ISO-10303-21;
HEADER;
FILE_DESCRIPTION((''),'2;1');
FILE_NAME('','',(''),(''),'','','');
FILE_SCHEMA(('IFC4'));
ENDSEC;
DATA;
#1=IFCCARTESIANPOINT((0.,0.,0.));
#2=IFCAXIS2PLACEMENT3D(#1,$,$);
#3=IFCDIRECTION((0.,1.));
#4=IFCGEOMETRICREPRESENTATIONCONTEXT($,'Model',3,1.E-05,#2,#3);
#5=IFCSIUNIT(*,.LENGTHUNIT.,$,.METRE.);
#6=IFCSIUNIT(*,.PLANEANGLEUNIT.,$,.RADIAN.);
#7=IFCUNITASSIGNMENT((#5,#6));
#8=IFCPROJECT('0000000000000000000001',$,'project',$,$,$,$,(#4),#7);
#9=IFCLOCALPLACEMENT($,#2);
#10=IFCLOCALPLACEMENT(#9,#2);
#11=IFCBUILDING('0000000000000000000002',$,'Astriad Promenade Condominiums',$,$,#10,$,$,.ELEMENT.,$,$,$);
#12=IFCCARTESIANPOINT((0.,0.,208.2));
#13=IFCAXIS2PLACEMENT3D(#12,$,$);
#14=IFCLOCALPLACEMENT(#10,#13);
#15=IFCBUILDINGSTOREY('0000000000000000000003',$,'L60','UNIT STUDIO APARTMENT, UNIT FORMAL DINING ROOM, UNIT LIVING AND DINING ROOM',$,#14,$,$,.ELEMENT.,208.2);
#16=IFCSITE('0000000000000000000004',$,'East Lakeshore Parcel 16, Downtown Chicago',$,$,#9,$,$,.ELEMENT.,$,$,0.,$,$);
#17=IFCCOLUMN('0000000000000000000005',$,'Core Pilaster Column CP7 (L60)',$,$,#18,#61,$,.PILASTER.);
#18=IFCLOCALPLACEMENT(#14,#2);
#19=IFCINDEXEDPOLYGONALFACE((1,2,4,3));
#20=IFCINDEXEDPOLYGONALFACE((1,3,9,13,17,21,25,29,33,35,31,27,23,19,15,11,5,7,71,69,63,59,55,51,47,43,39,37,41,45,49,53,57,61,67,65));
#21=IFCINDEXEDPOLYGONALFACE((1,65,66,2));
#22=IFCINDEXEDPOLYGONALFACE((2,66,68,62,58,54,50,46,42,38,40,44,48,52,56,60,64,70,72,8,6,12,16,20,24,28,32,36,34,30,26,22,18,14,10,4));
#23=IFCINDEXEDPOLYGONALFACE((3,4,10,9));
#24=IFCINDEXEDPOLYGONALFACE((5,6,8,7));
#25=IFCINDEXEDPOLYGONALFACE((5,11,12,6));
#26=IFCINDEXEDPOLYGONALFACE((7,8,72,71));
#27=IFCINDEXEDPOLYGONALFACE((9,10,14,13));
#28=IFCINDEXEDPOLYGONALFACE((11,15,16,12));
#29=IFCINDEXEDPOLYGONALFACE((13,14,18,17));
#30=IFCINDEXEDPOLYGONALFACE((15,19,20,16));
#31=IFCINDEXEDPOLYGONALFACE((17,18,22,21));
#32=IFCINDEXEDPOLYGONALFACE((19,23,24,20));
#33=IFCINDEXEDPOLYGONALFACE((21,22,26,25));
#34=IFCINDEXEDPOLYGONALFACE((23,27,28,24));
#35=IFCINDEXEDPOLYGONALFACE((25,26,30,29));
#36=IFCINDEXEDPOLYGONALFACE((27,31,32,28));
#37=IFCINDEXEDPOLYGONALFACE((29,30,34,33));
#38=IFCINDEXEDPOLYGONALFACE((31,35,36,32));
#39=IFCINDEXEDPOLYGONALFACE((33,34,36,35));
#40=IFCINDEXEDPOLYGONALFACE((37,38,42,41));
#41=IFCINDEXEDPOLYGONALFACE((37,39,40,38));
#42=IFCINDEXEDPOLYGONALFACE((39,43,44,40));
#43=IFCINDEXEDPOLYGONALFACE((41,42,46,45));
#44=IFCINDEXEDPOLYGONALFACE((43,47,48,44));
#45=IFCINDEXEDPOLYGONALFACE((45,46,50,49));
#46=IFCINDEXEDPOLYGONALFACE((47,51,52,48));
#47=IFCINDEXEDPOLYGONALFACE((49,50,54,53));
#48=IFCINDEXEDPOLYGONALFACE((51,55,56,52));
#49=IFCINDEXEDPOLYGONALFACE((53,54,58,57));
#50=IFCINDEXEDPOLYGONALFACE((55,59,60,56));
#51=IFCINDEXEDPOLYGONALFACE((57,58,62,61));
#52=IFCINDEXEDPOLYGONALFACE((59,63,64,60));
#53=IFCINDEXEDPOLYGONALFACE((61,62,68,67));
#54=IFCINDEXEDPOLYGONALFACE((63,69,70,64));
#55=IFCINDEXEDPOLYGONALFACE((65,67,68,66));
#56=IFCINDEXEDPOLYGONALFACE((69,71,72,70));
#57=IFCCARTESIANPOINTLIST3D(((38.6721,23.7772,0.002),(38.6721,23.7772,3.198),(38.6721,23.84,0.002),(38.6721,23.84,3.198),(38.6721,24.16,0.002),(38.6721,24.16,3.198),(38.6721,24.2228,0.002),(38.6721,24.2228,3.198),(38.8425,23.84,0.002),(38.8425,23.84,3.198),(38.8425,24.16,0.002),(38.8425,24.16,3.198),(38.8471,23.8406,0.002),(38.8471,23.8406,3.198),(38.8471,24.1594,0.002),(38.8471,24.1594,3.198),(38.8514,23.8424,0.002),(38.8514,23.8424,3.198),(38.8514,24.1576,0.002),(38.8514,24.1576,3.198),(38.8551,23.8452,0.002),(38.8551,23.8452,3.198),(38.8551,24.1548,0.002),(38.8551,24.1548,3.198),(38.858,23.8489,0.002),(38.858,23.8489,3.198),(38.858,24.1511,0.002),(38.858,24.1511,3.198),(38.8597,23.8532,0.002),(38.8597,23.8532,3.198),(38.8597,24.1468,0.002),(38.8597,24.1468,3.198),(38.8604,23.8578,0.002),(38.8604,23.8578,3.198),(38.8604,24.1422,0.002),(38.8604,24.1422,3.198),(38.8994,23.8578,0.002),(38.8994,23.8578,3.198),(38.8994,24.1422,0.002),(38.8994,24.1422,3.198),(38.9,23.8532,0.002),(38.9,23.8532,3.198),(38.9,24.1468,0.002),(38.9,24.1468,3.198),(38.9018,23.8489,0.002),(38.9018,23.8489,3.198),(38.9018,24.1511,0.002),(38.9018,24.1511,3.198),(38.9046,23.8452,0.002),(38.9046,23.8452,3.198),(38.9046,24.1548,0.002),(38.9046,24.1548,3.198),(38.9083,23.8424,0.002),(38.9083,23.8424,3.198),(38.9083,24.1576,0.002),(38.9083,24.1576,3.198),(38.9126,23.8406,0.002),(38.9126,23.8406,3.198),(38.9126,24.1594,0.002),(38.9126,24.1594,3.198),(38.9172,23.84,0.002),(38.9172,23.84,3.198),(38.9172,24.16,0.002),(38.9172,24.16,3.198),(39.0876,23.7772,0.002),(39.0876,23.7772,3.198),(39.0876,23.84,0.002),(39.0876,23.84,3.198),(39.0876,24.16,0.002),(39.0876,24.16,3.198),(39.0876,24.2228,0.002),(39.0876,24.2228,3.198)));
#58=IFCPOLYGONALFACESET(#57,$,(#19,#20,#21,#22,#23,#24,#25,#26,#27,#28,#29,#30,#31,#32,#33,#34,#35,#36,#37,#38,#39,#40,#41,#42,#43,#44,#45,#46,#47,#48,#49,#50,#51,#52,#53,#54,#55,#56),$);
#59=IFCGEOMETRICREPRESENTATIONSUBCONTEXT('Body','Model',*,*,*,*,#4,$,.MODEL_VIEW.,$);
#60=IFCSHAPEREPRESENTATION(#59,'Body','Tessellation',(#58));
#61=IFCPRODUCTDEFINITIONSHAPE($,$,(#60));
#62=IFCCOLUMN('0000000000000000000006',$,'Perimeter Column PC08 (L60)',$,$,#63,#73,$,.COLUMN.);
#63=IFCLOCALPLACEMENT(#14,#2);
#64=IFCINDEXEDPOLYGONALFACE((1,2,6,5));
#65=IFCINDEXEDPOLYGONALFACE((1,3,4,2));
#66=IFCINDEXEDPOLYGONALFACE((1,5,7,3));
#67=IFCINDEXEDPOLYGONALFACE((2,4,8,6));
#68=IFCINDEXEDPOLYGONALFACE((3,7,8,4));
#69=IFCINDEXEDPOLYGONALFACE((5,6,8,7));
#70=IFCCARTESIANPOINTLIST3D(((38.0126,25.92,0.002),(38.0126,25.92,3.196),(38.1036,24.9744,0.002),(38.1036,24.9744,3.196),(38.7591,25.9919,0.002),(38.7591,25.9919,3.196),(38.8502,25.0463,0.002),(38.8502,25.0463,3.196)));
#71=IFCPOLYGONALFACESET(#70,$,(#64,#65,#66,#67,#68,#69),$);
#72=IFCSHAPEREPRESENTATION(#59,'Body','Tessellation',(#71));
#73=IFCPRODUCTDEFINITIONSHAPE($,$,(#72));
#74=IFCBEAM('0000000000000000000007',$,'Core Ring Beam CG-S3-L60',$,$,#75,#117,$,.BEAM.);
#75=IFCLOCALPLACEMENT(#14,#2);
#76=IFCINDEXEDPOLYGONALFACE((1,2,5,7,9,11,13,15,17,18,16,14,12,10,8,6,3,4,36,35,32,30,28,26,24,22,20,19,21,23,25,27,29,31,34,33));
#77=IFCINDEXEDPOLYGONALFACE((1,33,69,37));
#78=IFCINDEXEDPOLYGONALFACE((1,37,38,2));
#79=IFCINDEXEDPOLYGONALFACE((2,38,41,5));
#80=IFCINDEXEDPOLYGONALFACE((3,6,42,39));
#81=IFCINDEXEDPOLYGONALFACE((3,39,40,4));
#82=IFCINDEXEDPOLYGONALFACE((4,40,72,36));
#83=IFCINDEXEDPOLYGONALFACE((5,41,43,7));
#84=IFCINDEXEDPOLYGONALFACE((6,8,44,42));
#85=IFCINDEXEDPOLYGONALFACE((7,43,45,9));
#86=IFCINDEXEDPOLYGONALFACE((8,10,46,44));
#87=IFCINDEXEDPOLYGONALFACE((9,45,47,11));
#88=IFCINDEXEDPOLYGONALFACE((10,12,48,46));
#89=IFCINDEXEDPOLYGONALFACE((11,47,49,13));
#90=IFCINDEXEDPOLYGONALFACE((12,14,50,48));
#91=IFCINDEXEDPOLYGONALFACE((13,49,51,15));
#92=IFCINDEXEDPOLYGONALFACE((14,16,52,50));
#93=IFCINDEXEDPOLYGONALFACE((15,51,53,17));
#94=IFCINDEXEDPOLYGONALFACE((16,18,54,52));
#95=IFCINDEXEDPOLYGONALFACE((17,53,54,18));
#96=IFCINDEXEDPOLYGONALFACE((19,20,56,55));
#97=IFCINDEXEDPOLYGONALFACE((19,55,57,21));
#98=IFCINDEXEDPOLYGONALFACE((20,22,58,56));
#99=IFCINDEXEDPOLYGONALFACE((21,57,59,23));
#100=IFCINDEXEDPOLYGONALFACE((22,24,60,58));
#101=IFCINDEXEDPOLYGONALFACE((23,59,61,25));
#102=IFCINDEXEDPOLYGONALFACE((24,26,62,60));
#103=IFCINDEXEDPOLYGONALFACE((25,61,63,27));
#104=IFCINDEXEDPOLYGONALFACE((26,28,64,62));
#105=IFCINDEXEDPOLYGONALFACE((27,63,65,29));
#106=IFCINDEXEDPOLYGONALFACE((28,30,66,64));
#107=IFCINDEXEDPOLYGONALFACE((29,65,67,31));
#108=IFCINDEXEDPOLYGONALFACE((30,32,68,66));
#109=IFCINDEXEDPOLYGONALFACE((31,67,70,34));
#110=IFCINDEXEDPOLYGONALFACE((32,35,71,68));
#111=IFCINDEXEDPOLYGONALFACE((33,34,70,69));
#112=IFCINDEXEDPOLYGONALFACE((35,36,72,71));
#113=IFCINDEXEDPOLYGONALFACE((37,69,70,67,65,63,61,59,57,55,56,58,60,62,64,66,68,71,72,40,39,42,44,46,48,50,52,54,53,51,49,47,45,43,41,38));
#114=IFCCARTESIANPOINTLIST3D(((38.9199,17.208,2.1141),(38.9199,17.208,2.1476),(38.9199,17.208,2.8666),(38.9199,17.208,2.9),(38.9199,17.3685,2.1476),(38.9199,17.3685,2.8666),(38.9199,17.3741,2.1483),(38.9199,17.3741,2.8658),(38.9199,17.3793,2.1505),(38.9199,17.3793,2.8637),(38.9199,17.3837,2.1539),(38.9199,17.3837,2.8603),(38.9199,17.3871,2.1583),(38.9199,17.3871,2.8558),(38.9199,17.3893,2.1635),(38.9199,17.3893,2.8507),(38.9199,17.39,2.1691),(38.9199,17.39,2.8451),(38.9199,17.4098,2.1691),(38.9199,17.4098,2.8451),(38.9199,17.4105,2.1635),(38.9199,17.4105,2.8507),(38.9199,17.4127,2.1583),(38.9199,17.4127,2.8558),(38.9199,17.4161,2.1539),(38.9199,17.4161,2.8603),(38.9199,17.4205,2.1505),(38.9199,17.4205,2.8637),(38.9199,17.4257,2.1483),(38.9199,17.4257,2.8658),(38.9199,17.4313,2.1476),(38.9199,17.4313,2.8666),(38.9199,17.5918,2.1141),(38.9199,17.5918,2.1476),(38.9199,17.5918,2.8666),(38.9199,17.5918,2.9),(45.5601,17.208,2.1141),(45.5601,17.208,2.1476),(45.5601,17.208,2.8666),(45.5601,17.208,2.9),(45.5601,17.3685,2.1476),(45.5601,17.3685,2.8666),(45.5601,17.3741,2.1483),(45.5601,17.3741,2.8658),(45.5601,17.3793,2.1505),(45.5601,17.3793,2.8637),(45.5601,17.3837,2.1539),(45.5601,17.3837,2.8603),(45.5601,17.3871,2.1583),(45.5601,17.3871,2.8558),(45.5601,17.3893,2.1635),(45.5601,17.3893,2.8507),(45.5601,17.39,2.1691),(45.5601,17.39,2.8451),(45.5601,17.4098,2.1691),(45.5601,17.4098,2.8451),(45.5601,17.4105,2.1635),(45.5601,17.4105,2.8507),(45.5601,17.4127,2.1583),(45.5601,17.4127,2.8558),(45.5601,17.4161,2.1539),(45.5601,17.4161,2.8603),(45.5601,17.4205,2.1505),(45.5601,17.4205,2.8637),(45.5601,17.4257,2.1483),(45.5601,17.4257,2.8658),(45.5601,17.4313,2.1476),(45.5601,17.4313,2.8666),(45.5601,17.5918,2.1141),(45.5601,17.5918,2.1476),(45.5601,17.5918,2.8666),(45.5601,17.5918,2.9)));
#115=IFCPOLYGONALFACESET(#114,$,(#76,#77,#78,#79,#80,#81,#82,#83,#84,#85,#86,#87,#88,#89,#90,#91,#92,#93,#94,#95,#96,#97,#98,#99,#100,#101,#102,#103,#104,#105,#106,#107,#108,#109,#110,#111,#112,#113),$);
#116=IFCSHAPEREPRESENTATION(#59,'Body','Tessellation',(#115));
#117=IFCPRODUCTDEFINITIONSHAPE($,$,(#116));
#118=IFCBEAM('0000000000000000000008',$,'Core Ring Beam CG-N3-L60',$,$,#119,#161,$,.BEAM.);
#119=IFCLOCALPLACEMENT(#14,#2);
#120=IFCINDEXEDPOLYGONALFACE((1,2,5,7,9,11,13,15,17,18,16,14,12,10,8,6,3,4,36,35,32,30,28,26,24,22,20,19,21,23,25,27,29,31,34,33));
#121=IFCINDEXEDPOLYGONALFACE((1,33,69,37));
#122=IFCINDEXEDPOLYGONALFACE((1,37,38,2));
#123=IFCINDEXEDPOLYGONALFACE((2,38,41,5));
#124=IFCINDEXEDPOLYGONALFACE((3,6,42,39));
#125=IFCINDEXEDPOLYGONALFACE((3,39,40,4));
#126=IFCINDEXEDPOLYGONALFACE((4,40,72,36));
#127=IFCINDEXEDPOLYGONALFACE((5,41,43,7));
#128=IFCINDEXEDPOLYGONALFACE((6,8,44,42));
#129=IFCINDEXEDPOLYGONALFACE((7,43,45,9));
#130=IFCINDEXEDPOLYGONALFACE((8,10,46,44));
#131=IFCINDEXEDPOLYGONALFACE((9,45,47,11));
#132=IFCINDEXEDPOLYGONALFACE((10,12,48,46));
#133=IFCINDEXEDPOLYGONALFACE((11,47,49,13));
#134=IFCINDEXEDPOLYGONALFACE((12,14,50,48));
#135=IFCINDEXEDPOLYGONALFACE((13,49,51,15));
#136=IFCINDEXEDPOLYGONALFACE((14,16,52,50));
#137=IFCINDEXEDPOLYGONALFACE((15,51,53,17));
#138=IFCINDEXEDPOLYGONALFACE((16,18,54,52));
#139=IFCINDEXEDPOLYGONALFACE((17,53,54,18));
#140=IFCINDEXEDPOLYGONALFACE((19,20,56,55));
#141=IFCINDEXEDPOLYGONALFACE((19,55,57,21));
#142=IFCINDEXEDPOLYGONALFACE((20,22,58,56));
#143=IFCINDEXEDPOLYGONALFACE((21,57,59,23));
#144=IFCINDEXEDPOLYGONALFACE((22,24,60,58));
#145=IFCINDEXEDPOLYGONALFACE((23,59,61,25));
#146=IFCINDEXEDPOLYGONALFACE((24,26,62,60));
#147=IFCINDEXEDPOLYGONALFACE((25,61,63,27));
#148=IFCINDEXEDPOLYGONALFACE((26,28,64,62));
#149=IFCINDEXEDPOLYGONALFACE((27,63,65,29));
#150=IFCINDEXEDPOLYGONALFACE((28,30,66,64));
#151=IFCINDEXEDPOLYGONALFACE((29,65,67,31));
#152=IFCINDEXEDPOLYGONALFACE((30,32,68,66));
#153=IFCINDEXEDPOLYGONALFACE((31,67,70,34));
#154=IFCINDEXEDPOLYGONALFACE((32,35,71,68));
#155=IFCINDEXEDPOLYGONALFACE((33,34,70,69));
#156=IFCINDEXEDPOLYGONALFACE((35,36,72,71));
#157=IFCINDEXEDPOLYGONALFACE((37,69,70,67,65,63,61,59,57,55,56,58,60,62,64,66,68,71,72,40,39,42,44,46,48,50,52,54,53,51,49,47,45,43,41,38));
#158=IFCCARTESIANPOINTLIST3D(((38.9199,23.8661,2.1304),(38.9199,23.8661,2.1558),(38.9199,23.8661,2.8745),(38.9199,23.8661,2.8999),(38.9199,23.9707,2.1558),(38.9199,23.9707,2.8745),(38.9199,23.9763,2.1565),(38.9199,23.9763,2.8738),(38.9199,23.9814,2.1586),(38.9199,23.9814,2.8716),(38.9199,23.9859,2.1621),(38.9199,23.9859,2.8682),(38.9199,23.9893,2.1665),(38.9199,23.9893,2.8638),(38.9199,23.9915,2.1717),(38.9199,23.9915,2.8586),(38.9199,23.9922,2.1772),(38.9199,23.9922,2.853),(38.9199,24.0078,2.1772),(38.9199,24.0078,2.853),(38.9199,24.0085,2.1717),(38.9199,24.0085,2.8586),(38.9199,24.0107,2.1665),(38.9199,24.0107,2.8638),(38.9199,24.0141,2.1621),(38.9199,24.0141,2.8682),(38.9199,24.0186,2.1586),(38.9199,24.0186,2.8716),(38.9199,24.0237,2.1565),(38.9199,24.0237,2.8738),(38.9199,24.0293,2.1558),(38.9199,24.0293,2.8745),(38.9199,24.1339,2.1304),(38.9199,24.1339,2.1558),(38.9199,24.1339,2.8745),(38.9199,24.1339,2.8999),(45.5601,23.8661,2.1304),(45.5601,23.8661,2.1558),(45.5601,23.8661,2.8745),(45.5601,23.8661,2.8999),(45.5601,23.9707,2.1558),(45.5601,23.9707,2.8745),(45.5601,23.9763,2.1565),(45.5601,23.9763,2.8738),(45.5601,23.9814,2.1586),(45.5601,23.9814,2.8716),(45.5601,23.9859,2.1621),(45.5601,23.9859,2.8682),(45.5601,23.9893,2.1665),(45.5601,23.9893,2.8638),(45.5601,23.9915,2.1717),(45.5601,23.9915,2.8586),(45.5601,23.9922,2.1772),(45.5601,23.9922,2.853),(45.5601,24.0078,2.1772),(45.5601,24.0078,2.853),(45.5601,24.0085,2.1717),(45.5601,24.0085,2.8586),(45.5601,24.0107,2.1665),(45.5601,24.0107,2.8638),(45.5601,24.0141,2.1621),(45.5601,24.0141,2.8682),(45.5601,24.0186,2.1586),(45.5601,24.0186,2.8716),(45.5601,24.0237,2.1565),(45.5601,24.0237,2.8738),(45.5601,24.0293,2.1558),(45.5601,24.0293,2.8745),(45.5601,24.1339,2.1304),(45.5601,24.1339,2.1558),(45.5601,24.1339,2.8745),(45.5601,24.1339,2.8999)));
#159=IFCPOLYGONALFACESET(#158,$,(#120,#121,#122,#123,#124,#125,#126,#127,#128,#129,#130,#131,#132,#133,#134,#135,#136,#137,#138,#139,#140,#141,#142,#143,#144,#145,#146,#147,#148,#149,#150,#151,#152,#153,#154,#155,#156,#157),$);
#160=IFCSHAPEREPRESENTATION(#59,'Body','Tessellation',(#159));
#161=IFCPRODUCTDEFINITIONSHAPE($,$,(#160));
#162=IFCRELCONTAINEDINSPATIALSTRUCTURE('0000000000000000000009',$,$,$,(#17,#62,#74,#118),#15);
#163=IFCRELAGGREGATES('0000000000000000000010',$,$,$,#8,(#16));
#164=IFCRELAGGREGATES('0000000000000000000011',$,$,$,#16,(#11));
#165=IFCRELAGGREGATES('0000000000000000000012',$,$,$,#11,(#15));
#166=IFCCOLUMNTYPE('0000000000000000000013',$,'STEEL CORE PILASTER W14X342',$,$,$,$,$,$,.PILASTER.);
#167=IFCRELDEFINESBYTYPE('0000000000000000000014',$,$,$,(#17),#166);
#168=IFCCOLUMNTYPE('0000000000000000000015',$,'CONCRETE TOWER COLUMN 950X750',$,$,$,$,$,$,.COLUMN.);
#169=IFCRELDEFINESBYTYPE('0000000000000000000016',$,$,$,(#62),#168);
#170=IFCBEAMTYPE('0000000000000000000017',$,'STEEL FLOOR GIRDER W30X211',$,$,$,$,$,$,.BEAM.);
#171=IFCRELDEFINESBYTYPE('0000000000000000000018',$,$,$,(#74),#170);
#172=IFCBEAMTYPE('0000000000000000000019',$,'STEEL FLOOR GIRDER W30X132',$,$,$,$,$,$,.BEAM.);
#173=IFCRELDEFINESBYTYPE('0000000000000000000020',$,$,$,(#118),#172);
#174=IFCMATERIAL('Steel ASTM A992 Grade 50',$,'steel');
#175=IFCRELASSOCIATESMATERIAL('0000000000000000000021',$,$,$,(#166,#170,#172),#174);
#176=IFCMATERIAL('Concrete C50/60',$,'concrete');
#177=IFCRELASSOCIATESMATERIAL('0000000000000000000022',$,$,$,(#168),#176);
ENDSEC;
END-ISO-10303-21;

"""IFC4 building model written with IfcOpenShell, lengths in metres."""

from ifc_helpers import new_model, si_unit, direction, frame, origin, origin_2d, place, context, subcontext, project, spatial, rectangle, i_section, extrude, source, transform, mapped, material, material_profile, profile_set, type_object, type_shapes, element, save


model = new_model("IFC4")

# Units and contexts
model_context = context("Model", 3, precision=1e-05, world=origin(), true_north=direction((0.0, 1.0)))
body_context = subcontext(model_context, "Body", "Model", "MODEL_VIEW")
ifc_project = project(units=[si_unit("LENGTHUNIT", "METRE"), si_unit("PLANEANGLEUNIT", "RADIAN")], contexts=[model_context])

# Site, building, storey
site_placement = place(None, origin())
site = spatial("IfcSite", under=ifc_project, at=site_placement, Name="East Lakeshore Parcel 16, Downtown Chicago", CompositionType="ELEMENT", RefElevation=0.0)
building_placement = place(site_placement, origin())
building = spatial("IfcBuilding", under=site, at=building_placement, Name="Astriad Promenade Condominiums", CompositionType="ELEMENT")
storey_placement = place(building_placement, frame((0.0, 0.0, 208.2)))
storey = spatial("IfcBuildingStorey", under=building, at=storey_placement, Name="L60", Description="UNIT STUDIO APARTMENT, UNIT FORMAL DINING ROOM, UNIT LIVING AND DINING ROOM", CompositionType="ELEMENT", Elevation=208.2)

# Columns
ifc_material_1 = material(Name="Steel ASTM A992 Grade 50", Category="steel")
ifc_material_profile_1 = material_profile(ifc_material_1, i_section(OverallWidth=0.4155, OverallDepth=0.4456, WebThickness=0.0391, FlangeThickness=0.0627, FilletRadius=0.0178, at=origin_2d()), Name="W14X342")
ifc_profile_set_1 = profile_set([ifc_material_profile_1], Name="Steel ASTM A992 Grade 50")
column_type_1 = type_object("IfcColumnType", Name="STEEL CORE PILASTER W14X342", PredefinedType="PILASTER", material=ifc_profile_set_1)
shared_shape_1 = source(origin(), body_context, "Body", "SweptSolid", [
    extrude(i_section(OverallWidth=0.4155, OverallDepth=0.4456, WebThickness=0.0391, FlangeThickness=0.0627, FilletRadius=0.0178, at=origin_2d()), origin(), (0.0, 0.0, 1.0), 3.196),
])
type_shapes(column_type_1, [shared_shape_1])
column_1_placement = place(storey_placement, frame((38.8799, 24.0, 0.002), z_axis=(0.0, 0.0, 1.0), x_axis=(1.0, 0.0, 0.0)))
element("IfcColumn", 1, at=column_1_placement, inside=storey, type_object=column_type_1, Name="Core Pilaster Column CP7 (L60)", PredefinedType="PILASTER", context=body_context, shape_type="MappedRepresentation", body=[
    mapped(shared_shape_1, transform((0.0, 0.0, 0.0), scale=1.0)),
])
ifc_material_2 = material(Name="Concrete C50/60", Category="concrete")
ifc_material_profile_2 = material_profile(ifc_material_2, rectangle(XDim=0.75, YDim=0.95, at=origin_2d()), Name="RC-COL-950X750")
ifc_profile_set_2 = profile_set([ifc_material_profile_2], Name="Concrete C50/60")
column_type_2 = type_object("IfcColumnType", Name="CONCRETE TOWER COLUMN 950X750", PredefinedType="COLUMN", material=ifc_profile_set_2)
shared_shape_2 = source(origin(), body_context, "Body", "SweptSolid", [
    extrude(rectangle(XDim=0.75, YDim=0.95, at=origin_2d()), origin(), (0.0, 0.0, 1.0), 3.1941),
])
type_shapes(column_type_2, [shared_shape_2])
column_2_placement = place(storey_placement, frame((38.4314, 25.4832, 0.002), z_axis=(0.0, 0.0, 1.0), x_axis=(0.995396, 0.095846, 0.0)))
element("IfcColumn", 2, at=column_2_placement, inside=storey, type_object=column_type_2, Name="Perimeter Column PC08 (L60)", PredefinedType="COLUMN", context=body_context, shape_type="MappedRepresentation", body=[
    mapped(shared_shape_2, transform((0.0, 0.0, 0.0), scale=1.0)),
])

# Beams
ifc_material_profile_3 = material_profile(ifc_material_1, i_section(OverallWidth=0.3838, OverallDepth=0.7859, WebThickness=0.0198, FlangeThickness=0.0334, FilletRadius=0.0215, at=origin_2d()), Name="W30X211")
ifc_profile_set_3 = profile_set([ifc_material_profile_3], Name="Steel ASTM A992 Grade 50")
beam_type_1 = type_object("IfcBeamType", Name="STEEL FLOOR GIRDER W30X211", PredefinedType="BEAM", material=ifc_profile_set_3)
shared_shape_3 = source(origin(), body_context, "Body", "SweptSolid", [
    extrude(i_section(OverallWidth=0.3838, OverallDepth=0.7859, WebThickness=0.0198, FlangeThickness=0.0334, FilletRadius=0.0215, at=origin_2d()), origin(), (0.0, 0.0, 1.0), 6.6401),
])
type_shapes(beam_type_1, [shared_shape_3])
beam_1_placement = place(storey_placement, frame((38.9199, 17.3999, 2.5071), z_axis=(1.0, 0.0, 0.0), x_axis=(0.0, 1.0, 0.0)))
element("IfcBeam", 3, at=beam_1_placement, inside=storey, type_object=beam_type_1, Name="Core Ring Beam CG-S3-L60", PredefinedType="BEAM", context=body_context, shape_type="MappedRepresentation", body=[
    mapped(shared_shape_3, transform((0.0, 0.0, 0.0), scale=1.0)),
])
ifc_material_profile_4 = material_profile(ifc_material_1, i_section(OverallWidth=0.2678, OverallDepth=0.7695, WebThickness=0.0156, FlangeThickness=0.0254, FilletRadius=0.0215, at=origin_2d()), Name="W30X132")
ifc_profile_set_4 = profile_set([ifc_material_profile_4], Name="Steel ASTM A992 Grade 50")
beam_type_2 = type_object("IfcBeamType", Name="STEEL FLOOR GIRDER W30X132", PredefinedType="BEAM", material=ifc_profile_set_4)
shared_shape_4 = source(origin(), body_context, "Body", "SweptSolid", [
    extrude(i_section(OverallWidth=0.2678, OverallDepth=0.7695, WebThickness=0.0156, FlangeThickness=0.0254, FilletRadius=0.0215, at=origin_2d()), origin(), (0.0, 0.0, 1.0), 6.6401),
])
type_shapes(beam_type_2, [shared_shape_4])
beam_2_placement = place(storey_placement, frame((38.9199, 24.0, 2.5151), z_axis=(1.0, 0.0, 0.0), x_axis=(0.0, 1.0, 0.0)))
element("IfcBeam", 4, at=beam_2_placement, inside=storey, type_object=beam_type_2, Name="Core Ring Beam CG-N3-L60", PredefinedType="BEAM", context=body_context, shape_type="MappedRepresentation", body=[
    mapped(shared_shape_4, transform((0.0, 0.0, 0.0), scale=1.0)),
])

save(model, "model.ifc")
